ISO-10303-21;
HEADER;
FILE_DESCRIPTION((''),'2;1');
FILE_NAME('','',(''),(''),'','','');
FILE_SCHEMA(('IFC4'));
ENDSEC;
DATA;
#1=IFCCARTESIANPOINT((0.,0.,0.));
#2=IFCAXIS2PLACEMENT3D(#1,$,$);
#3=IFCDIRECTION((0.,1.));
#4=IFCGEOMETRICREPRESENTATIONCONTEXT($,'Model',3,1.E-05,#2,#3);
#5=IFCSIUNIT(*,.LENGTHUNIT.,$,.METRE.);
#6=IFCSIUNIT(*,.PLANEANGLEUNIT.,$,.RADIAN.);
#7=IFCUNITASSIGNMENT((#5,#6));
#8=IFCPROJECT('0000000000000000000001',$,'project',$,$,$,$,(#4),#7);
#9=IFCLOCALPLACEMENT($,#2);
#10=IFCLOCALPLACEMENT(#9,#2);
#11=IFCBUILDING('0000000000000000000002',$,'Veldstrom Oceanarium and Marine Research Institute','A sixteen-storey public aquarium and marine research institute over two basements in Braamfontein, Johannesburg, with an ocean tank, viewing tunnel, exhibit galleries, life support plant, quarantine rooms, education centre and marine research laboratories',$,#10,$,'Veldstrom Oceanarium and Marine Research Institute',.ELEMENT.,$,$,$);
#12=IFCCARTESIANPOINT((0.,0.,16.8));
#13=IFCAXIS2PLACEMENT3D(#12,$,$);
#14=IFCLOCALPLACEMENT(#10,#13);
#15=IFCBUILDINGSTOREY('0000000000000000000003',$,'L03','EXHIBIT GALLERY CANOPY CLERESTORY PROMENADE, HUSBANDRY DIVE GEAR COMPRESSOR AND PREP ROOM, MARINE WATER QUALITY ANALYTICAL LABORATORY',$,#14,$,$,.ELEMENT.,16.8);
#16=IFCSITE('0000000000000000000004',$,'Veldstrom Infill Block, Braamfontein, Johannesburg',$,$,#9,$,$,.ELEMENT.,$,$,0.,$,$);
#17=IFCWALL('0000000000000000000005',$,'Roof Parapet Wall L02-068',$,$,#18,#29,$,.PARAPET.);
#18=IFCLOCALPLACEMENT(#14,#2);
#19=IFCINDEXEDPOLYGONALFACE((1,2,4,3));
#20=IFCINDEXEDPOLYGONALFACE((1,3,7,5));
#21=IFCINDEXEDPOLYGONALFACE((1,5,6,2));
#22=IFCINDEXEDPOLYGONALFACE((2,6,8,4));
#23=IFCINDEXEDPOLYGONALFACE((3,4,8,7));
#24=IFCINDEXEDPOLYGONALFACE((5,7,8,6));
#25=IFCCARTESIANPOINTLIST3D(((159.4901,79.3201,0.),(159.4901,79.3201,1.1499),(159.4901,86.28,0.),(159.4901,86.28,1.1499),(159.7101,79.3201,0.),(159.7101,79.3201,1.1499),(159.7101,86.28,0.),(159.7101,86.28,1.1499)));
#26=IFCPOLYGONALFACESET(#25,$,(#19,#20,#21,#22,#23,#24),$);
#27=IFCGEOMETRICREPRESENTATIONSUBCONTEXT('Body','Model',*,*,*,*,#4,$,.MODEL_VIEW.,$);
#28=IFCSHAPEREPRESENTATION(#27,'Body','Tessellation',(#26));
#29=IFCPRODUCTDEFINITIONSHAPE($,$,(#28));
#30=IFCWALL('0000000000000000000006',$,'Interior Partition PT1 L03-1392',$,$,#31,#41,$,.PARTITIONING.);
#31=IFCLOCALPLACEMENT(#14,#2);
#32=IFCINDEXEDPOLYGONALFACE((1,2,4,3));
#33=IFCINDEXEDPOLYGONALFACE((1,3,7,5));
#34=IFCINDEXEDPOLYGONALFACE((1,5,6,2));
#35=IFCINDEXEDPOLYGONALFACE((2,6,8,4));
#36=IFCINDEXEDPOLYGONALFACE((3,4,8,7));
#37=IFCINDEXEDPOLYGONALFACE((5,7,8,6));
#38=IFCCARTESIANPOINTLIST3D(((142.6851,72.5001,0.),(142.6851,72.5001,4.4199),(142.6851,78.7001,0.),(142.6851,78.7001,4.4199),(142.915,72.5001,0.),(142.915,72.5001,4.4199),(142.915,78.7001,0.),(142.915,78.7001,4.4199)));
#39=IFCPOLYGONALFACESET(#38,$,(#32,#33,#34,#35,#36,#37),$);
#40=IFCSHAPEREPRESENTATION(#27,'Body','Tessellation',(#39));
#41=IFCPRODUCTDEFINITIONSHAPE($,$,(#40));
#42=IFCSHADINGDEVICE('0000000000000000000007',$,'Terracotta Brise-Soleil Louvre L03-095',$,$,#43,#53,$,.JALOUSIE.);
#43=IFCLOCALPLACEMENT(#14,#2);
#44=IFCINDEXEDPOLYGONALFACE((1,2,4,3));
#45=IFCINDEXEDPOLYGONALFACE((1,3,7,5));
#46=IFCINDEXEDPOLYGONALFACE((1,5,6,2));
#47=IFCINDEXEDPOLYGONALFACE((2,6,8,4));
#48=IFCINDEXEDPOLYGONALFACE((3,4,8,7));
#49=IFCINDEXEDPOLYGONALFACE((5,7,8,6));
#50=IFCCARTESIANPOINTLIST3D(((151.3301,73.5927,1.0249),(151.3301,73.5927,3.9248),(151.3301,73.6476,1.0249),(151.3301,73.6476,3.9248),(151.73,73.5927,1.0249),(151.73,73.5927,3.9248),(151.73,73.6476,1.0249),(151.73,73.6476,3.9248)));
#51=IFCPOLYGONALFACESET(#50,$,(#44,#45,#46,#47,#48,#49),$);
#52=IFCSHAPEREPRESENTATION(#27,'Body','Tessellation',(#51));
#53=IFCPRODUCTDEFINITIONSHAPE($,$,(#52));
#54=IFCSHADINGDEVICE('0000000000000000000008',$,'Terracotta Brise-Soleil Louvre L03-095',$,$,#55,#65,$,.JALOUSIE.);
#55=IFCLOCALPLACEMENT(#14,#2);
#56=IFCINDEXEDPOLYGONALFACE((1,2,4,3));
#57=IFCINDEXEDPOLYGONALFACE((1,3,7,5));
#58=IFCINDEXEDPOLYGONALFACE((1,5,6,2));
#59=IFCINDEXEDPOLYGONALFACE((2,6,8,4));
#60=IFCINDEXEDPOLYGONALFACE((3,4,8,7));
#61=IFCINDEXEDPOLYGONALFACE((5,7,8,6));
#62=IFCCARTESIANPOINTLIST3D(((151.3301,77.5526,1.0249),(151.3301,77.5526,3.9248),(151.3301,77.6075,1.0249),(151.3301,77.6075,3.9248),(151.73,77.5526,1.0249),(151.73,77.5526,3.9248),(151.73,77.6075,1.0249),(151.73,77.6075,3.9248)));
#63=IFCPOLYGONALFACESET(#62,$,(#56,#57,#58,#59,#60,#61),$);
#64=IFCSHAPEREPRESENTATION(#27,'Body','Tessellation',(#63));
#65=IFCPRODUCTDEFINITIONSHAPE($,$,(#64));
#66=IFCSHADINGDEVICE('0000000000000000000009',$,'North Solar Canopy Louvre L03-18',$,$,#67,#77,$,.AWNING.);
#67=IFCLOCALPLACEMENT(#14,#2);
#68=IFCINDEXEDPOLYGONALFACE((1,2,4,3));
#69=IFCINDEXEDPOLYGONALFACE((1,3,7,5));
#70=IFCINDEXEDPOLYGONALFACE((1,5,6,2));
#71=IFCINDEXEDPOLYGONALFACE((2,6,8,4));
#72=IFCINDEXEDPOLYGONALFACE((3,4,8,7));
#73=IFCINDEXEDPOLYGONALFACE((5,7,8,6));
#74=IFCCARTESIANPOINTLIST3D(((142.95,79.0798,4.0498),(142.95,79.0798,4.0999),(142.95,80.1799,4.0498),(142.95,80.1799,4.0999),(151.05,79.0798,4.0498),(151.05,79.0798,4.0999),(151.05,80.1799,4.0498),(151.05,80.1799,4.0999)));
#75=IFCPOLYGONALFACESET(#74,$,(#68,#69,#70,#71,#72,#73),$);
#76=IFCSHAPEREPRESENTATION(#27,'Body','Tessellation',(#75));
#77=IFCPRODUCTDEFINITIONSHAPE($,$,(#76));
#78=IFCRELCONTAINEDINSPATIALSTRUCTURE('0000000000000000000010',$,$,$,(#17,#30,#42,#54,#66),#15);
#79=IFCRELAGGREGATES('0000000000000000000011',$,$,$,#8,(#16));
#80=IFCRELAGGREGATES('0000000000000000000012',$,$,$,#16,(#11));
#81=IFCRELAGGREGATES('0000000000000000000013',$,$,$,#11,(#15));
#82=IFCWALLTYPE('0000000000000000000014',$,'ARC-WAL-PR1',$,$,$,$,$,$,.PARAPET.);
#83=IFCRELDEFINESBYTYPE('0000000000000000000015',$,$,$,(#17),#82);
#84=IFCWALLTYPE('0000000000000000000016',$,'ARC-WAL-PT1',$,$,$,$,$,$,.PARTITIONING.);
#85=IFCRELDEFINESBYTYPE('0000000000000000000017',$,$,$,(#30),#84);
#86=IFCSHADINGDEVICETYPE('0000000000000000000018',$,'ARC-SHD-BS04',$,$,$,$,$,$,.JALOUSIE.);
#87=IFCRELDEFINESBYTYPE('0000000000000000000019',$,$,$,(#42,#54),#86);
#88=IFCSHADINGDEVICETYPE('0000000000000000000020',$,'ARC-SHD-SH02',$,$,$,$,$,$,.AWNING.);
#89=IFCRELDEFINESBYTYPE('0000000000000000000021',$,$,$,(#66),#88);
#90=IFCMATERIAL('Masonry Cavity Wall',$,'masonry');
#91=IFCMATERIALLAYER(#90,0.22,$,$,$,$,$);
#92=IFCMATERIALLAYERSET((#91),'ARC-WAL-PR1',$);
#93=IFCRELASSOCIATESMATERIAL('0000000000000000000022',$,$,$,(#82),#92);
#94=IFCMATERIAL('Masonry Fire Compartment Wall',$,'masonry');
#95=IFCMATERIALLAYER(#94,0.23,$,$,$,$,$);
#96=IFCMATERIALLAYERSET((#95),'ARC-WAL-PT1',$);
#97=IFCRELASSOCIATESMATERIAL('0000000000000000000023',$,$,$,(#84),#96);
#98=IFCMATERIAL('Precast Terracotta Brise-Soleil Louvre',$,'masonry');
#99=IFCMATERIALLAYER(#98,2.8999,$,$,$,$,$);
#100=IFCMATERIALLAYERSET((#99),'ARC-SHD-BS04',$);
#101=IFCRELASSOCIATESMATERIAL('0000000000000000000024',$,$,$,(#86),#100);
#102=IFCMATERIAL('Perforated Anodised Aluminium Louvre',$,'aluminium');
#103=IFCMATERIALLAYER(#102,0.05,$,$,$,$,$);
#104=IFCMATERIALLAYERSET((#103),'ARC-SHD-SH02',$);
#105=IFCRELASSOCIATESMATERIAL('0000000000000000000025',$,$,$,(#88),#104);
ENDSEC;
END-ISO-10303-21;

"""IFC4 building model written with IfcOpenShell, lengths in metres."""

from ifc_helpers import new_model, si_unit, direction, frame, frame_2d, origin, origin_2d, place, context, subcontext, project, spatial, rectangle, extrude, material, layer, layer_set, type_object, element, save


model = new_model("IFC4")

# Units and contexts
model_context = context("Model", 3, precision=1e-05, world=origin(), true_north=direction((0.0, 1.0)))
body_context = subcontext(model_context, "Body", "Model", "MODEL_VIEW")
ifc_project = project(units=[si_unit("LENGTHUNIT", "METRE"), si_unit("PLANEANGLEUNIT", "RADIAN")], contexts=[model_context])

# Site, building, storey
site_placement = place(None, origin())
site = spatial("IfcSite", under=ifc_project, at=site_placement, Name="Veldstrom Infill Block, Braamfontein, Johannesburg", CompositionType="ELEMENT", RefElevation=0.0)
building_placement = place(site_placement, origin())
building = spatial("IfcBuilding", under=site, at=building_placement, Name="Veldstrom Oceanarium and Marine Research Institute", Description="A sixteen-storey public aquarium and marine research institute over two basements in Braamfontein, Johannesburg, with an ocean tank, viewing tunnel, exhibit galleries, life support plant, quarantine rooms, education centre and marine research laboratories", LongName="Veldstrom Oceanarium and Marine Research Institute", CompositionType="ELEMENT")
storey_placement = place(building_placement, frame((0.0, 0.0, 16.8)))
storey = spatial("IfcBuildingStorey", under=building, at=storey_placement, Name="L03", Description="EXHIBIT GALLERY CANOPY CLERESTORY PROMENADE, HUSBANDRY DIVE GEAR COMPRESSOR AND PREP ROOM, MARINE WATER QUALITY ANALYTICAL LABORATORY", CompositionType="ELEMENT", Elevation=16.8)

# Walls
ifc_material_1 = material(Name="Masonry Cavity Wall", Category="masonry")
ifc_layer_1 = layer(ifc_material_1, 0.22)
ifc_layer_set_1 = layer_set([ifc_layer_1], Name="ARC-WAL-PR1")
wall_type_1 = type_object("IfcWallType", Name="ARC-WAL-PR1", PredefinedType="PARAPET", material=ifc_layer_set_1)
wall_1_placement = place(storey_placement, frame((159.6001, 79.3201, 0.0), z_axis=(0.0, 0.0, 1.0), x_axis=(0.0, 1.0, 0.0)))
element("IfcWall", 1, at=wall_1_placement, inside=storey, type_object=wall_type_1, Name="Roof Parapet Wall L02-068", PredefinedType="PARAPET", context=body_context, shape_type="SweptSolid", body=[
    extrude(rectangle(XDim=6.96, YDim=0.22, at=frame_2d((3.48, 0.0))), origin(), (0.0, 0.0, 1.0), 1.1499),
])
ifc_material_2 = material(Name="Masonry Fire Compartment Wall", Category="masonry")
ifc_layer_2 = layer(ifc_material_2, 0.23)
ifc_layer_set_2 = layer_set([ifc_layer_2], Name="ARC-WAL-PT1")
wall_type_2 = type_object("IfcWallType", Name="ARC-WAL-PT1", PredefinedType="PARTITIONING", material=ifc_layer_set_2)
wall_2_placement = place(storey_placement, frame((142.8, 72.5, 0.0), z_axis=(0.0, 0.0, 1.0), x_axis=(0.0, 1.0, 0.0)))
element("IfcWall", 2, at=wall_2_placement, inside=storey, type_object=wall_type_2, Name="Interior Partition PT1 L03-1392", PredefinedType="PARTITIONING", context=body_context, shape_type="SweptSolid", body=[
    extrude(rectangle(XDim=6.2, YDim=0.23, at=frame_2d((3.1001, 0.0))), origin(), (0.0, 0.0, 1.0), 4.4199),
])

# Shading devices
ifc_material_3 = material(Name="Precast Terracotta Brise-Soleil Louvre", Category="masonry")
ifc_layer_3 = layer(ifc_material_3, 2.8999)
ifc_layer_set_3 = layer_set([ifc_layer_3], Name="ARC-SHD-BS04")
shading_device_type_1 = type_object("IfcShadingDeviceType", Name="ARC-SHD-BS04", PredefinedType="JALOUSIE", material=ifc_layer_set_3)
for number, where, z_axis, x_axis, name in (
    (3, (151.53, 73.6201, 1.0249), (0.0, 0.0, 1.0), (1.0, 0.0, 0.0), "Terracotta Brise-Soleil Louvre L03-095"),
    (4, (151.53, 77.5801, 1.0249), (0.0, 0.0, 1.0), (1.0, 0.0, 0.0), "Terracotta Brise-Soleil Louvre L03-095"),
):
    element("IfcShadingDevice", number, at=place(storey_placement, frame(where, z_axis=z_axis, x_axis=x_axis)), inside=storey, type_object=shading_device_type_1, Name=name, PredefinedType="JALOUSIE", context=body_context, shape_type="SweptSolid", body=[
        extrude(rectangle(XDim=0.3999, YDim=0.0549, at=origin_2d()), origin(), (0.0, 0.0, 1.0), 2.8999),
    ])
ifc_material_4 = material(Name="Perforated Anodised Aluminium Louvre", Category="aluminium")
ifc_layer_4 = layer(ifc_material_4, 0.05)
ifc_layer_set_4 = layer_set([ifc_layer_4], Name="ARC-SHD-SH02")
shading_device_type_2 = type_object("IfcShadingDeviceType", Name="ARC-SHD-SH02", PredefinedType="AWNING", material=ifc_layer_set_4)
shading_device_placement = place(storey_placement, frame((147.0, 79.6299, 4.0498), z_axis=(0.0, 0.0, 1.0), x_axis=(1.0, 0.0, 0.0)))
element("IfcShadingDevice", 5, at=shading_device_placement, inside=storey, type_object=shading_device_type_2, Name="North Solar Canopy Louvre L03-18", PredefinedType="AWNING", context=body_context, shape_type="SweptSolid", body=[
    extrude(rectangle(XDim=8.1001, YDim=1.1001, at=origin_2d()), origin(), (0.0, 0.0, 1.0), 0.05),
])

save(model, "model.ifc")
